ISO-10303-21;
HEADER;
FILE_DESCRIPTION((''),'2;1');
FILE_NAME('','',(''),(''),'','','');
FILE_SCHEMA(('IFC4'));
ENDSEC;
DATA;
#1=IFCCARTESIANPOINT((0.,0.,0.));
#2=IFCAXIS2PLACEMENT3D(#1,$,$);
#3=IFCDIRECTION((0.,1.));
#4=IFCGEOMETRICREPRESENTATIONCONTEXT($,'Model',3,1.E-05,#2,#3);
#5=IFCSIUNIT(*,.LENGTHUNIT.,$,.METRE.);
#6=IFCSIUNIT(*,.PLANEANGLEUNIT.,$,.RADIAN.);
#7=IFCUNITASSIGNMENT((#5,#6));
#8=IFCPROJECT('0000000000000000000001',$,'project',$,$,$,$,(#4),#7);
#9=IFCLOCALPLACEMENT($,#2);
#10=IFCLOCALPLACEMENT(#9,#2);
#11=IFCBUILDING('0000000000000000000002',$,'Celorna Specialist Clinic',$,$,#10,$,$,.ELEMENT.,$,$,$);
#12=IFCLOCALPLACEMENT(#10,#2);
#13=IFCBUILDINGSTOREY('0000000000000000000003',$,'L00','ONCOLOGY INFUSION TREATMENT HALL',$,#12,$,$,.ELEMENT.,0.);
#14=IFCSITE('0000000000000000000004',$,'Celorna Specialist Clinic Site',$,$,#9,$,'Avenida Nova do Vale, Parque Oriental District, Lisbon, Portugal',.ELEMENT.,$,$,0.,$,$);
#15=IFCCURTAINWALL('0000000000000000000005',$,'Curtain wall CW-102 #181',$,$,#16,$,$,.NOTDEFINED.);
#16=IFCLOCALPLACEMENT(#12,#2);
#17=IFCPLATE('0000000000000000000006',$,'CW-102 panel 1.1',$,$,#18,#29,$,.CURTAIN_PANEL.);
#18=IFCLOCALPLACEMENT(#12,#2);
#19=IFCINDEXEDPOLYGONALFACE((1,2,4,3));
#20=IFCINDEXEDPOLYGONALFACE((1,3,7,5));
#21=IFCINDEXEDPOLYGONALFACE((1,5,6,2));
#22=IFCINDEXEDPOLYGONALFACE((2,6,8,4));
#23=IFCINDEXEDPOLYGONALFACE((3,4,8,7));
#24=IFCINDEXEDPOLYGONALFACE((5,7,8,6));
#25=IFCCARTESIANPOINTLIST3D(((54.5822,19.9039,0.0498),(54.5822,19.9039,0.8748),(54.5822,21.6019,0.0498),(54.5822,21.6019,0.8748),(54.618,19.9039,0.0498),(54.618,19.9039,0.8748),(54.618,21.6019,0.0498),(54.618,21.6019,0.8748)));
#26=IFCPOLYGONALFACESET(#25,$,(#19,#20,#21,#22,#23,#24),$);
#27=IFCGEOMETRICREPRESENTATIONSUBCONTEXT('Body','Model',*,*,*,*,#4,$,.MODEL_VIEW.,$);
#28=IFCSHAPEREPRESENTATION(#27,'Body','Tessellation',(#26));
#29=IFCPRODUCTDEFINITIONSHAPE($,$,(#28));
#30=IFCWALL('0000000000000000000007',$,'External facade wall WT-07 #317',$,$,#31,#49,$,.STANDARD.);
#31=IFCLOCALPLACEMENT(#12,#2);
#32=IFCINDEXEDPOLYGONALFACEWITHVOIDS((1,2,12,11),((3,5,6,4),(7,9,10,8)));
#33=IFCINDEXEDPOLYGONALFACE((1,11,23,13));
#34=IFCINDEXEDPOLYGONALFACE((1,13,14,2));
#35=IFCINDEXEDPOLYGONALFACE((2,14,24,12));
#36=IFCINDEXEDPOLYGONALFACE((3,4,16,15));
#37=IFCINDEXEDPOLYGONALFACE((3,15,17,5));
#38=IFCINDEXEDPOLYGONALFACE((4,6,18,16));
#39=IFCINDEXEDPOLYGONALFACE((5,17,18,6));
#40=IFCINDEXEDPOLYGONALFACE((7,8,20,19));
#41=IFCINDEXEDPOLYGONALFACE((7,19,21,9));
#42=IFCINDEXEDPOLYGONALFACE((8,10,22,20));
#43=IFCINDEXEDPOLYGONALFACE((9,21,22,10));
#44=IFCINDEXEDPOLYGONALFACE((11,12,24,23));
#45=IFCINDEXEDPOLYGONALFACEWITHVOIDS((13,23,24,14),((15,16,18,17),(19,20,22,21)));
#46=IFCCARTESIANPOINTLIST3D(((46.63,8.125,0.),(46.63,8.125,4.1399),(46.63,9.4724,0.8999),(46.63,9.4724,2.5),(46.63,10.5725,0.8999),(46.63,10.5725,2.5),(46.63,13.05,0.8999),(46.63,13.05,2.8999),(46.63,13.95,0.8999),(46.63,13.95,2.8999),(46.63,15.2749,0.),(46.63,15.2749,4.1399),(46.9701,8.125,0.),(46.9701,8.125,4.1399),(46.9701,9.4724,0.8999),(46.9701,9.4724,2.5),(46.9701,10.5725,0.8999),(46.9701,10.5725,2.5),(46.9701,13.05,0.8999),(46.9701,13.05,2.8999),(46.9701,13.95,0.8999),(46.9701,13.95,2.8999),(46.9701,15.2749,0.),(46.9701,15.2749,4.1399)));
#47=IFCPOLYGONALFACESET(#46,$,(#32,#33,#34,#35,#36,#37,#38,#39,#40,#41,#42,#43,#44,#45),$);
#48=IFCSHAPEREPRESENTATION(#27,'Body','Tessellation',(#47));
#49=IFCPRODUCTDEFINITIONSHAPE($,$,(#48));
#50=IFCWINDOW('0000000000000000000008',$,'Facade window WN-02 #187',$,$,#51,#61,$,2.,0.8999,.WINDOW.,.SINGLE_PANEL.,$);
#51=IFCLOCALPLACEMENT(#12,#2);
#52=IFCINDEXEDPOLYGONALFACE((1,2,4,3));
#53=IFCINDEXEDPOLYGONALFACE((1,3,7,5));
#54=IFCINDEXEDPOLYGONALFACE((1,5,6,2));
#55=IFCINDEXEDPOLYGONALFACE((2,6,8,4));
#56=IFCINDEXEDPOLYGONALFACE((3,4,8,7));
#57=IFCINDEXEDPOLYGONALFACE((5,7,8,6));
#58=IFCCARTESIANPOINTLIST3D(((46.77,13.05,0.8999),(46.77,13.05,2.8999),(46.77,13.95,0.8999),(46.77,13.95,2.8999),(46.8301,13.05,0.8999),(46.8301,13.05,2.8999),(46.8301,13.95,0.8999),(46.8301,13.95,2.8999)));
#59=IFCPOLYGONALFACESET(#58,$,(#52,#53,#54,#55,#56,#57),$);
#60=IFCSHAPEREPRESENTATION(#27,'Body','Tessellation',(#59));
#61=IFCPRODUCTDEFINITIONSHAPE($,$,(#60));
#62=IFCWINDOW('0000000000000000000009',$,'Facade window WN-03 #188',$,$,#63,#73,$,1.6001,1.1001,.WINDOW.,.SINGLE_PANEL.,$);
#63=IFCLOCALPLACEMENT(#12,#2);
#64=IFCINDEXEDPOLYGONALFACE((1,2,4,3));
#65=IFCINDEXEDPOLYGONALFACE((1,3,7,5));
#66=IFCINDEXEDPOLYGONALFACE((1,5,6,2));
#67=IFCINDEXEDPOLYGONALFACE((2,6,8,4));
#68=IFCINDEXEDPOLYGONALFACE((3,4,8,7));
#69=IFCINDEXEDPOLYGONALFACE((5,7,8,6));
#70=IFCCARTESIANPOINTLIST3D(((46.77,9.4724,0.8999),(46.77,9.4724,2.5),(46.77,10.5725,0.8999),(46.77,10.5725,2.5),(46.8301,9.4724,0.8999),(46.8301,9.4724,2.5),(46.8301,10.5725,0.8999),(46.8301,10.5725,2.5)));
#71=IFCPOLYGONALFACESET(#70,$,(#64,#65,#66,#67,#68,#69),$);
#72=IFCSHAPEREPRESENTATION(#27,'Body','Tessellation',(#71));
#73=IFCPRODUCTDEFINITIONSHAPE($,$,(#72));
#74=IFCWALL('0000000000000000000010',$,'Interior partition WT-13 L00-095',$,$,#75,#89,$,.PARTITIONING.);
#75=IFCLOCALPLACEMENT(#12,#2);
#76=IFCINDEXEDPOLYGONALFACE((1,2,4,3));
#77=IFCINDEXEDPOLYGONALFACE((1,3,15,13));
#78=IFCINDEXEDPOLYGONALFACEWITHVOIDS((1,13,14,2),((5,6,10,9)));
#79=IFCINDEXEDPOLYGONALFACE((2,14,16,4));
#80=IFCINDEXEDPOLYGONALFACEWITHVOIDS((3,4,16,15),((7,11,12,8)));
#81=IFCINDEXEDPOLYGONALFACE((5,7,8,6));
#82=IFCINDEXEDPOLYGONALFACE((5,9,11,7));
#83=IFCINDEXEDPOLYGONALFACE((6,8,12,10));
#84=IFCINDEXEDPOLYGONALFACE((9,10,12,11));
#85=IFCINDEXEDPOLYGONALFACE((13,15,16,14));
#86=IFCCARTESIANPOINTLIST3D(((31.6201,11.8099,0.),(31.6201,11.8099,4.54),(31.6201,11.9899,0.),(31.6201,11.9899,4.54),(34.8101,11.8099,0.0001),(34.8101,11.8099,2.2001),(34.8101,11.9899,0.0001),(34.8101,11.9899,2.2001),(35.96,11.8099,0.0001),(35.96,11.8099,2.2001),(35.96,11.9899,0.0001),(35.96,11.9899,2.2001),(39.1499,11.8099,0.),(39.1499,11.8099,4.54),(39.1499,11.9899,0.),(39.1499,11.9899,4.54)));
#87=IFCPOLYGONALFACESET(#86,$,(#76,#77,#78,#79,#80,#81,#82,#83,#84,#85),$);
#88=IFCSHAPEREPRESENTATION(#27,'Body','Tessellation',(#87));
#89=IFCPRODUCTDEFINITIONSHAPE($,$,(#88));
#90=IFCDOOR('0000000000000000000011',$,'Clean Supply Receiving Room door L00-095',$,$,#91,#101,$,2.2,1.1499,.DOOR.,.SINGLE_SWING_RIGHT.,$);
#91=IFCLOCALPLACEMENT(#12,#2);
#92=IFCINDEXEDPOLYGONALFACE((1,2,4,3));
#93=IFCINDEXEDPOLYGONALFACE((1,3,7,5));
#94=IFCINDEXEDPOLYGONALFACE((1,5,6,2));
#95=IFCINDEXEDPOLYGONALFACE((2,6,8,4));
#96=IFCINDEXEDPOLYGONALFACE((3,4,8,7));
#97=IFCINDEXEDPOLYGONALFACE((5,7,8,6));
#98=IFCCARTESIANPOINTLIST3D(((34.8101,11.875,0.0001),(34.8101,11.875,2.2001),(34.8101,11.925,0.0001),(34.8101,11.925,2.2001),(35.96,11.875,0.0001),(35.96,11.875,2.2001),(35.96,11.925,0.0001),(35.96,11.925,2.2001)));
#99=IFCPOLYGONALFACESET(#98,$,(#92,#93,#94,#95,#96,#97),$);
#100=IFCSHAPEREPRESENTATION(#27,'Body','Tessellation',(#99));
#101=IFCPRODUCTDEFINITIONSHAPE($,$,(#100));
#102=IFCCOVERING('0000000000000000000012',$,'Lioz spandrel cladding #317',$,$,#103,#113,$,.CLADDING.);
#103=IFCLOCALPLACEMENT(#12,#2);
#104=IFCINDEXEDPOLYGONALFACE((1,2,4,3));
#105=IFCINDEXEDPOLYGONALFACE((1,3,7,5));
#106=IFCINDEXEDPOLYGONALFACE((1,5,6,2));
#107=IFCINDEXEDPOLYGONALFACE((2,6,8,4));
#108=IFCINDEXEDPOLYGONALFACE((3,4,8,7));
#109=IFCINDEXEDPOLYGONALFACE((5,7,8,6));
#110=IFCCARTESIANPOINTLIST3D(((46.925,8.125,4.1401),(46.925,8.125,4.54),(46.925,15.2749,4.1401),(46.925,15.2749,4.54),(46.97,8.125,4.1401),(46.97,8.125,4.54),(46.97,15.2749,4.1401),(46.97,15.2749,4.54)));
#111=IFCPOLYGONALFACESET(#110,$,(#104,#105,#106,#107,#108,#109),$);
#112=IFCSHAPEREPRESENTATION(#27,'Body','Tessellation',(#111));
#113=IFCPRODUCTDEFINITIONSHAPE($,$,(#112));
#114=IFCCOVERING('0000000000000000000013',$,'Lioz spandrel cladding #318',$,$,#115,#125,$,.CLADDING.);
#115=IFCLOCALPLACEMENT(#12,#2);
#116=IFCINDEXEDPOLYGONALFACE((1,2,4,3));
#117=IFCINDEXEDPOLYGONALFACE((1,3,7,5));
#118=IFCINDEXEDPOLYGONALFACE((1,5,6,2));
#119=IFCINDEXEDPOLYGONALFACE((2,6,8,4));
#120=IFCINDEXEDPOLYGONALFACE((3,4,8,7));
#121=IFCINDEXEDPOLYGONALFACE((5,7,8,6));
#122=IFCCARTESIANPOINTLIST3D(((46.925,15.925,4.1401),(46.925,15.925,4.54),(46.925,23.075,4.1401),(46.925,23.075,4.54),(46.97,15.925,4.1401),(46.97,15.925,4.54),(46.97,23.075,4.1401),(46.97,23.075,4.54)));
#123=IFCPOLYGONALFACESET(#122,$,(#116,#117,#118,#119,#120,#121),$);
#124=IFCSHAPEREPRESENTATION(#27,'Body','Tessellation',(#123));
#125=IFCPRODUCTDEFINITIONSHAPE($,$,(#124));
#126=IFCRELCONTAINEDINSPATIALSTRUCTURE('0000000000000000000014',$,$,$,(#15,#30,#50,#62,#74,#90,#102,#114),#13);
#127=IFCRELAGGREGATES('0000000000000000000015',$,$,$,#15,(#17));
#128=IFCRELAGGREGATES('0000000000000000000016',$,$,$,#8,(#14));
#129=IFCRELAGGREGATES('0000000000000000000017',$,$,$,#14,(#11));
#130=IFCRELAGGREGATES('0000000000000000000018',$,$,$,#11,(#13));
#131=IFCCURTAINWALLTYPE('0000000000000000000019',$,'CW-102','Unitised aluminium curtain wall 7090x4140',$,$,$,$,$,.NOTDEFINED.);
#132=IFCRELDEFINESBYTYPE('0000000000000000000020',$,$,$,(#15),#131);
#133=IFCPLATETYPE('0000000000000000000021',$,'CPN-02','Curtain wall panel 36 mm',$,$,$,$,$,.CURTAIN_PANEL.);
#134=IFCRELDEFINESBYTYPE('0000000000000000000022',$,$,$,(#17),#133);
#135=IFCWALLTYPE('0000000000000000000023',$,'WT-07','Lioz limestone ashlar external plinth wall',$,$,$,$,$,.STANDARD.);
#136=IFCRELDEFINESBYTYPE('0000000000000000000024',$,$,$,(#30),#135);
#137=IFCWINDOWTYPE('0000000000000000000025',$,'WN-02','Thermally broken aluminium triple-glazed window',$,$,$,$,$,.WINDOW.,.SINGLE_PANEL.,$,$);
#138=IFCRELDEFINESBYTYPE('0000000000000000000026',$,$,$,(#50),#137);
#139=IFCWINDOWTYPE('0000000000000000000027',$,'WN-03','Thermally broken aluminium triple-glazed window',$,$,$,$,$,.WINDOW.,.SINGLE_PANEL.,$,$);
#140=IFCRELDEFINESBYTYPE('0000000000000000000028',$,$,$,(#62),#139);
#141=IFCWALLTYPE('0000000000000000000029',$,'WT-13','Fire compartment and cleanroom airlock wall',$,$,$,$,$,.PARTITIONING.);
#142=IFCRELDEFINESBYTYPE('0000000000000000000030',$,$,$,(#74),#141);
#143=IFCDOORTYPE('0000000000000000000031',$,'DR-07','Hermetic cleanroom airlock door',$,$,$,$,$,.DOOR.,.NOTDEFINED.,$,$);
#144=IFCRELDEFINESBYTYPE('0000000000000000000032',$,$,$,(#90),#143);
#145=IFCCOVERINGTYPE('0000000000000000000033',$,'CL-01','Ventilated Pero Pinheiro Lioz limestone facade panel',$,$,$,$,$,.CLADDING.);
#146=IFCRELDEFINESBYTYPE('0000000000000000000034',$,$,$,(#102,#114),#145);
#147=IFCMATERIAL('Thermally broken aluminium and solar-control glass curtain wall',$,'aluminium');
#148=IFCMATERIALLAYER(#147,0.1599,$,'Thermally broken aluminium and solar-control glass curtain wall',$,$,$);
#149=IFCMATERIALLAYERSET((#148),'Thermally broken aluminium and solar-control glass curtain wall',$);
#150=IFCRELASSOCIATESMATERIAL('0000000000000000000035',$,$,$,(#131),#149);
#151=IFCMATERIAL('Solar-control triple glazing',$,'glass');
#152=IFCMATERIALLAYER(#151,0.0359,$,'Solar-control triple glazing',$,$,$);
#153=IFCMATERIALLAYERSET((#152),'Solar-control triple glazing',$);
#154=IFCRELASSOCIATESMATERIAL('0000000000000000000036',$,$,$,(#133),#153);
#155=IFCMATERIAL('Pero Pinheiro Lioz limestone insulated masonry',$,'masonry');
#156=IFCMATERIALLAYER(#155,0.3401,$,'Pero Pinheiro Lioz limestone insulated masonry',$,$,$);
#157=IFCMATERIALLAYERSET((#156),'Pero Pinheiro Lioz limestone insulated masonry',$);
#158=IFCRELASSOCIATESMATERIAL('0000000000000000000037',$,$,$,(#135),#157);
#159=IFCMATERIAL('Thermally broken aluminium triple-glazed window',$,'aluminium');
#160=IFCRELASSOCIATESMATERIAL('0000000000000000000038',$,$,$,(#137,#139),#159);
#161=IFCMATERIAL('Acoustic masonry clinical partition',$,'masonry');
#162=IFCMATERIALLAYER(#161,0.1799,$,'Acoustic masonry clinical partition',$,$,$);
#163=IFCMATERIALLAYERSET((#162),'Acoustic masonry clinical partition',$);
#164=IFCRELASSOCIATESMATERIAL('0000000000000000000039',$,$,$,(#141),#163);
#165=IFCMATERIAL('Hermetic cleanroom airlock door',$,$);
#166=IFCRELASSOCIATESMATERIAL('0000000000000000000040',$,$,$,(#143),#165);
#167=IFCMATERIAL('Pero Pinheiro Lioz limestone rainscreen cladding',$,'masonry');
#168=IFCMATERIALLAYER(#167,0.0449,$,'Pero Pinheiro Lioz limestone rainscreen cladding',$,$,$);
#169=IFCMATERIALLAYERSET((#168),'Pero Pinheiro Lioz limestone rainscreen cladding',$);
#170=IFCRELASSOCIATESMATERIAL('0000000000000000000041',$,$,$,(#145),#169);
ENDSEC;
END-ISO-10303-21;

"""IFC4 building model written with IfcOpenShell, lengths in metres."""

from ifc_helpers import new_model, si_unit, direction, frame, frame_2d, origin, origin_2d, place, context, subcontext, project, spatial, rectangle, extrude, material, layer, layer_set, type_object, element, fill, aggregate, save


model = new_model("IFC4")

# Units and contexts
model_context = context("Model", 3, precision=1e-05, world=origin(), true_north=direction((0.0, 1.0)))
body_context = subcontext(model_context, "Body", "Model", "MODEL_VIEW")
ifc_project = project(units=[si_unit("LENGTHUNIT", "METRE"), si_unit("PLANEANGLEUNIT", "RADIAN")], contexts=[model_context])

# Site, building, storey
site_placement = place(None, origin())
site = spatial("IfcSite", under=ifc_project, at=site_placement, Name="Celorna Specialist Clinic Site", LongName="Avenida Nova do Vale, Parque Oriental District, Lisbon, Portugal", CompositionType="ELEMENT", RefElevation=0.0)
building_placement = place(site_placement, origin())
building = spatial("IfcBuilding", under=site, at=building_placement, Name="Celorna Specialist Clinic", CompositionType="ELEMENT")
storey_placement = place(building_placement, origin())
storey = spatial("IfcBuildingStorey", under=building, at=storey_placement, Name="L00", Description="ONCOLOGY INFUSION TREATMENT HALL", CompositionType="ELEMENT", Elevation=0.0)

# Curtain wall, plate
ifc_material_1 = material(Name="Thermally broken aluminium and solar-control glass curtain wall", Category="aluminium")
ifc_layer_1 = layer(ifc_material_1, 0.1599, Name="Thermally broken aluminium and solar-control glass curtain wall")
ifc_layer_set_1 = layer_set([ifc_layer_1], Name="Thermally broken aluminium and solar-control glass curtain wall")
curtain_wall_type = type_object("IfcCurtainWallType", Name="CW-102", Description="Unitised aluminium curtain wall 7090x4140", PredefinedType="NOTDEFINED", material=ifc_layer_set_1)
curtain_wall_placement = place(storey_placement, origin())
curtain_wall = element("IfcCurtainWall", 1, at=curtain_wall_placement, inside=storey, type_object=curtain_wall_type, Name="Curtain wall CW-102 #181", PredefinedType="NOTDEFINED")
ifc_material_2 = material(Name="Solar-control triple glazing", Category="glass")
ifc_layer_2 = layer(ifc_material_2, 0.0359, Name="Solar-control triple glazing")
ifc_layer_set_2 = layer_set([ifc_layer_2], Name="Solar-control triple glazing")
plate_type = type_object("IfcPlateType", Name="CPN-02", Description="Curtain wall panel 36 mm", PredefinedType="CURTAIN_PANEL", material=ifc_layer_set_2)
plate_placement = place(storey_placement, frame((54.6001, 20.7529, 0.0498), z_axis=(0.0, 0.0, 1.0), x_axis=(0.0, 1.0, 0.0)))
plate = element("IfcPlate", 2, at=plate_placement, type_object=plate_type, Name="CW-102 panel 1.1", PredefinedType="CURTAIN_PANEL", context=body_context, shape_type="SweptSolid", body=[
    extrude(rectangle(XDim=1.698, YDim=0.0359, at=origin_2d()), origin(), (0.0, 0.0, 1.0), 0.825),
])
aggregate(curtain_wall, [plate])

# Wall, openings, windows
ifc_material_3 = material(Name="Pero Pinheiro Lioz limestone insulated masonry", Category="masonry")
ifc_layer_3 = layer(ifc_material_3, 0.3401, Name="Pero Pinheiro Lioz limestone insulated masonry")
ifc_layer_set_3 = layer_set([ifc_layer_3], Name="Pero Pinheiro Lioz limestone insulated masonry")
wall_type_1 = type_object("IfcWallType", Name="WT-07", Description="Lioz limestone ashlar external plinth wall", PredefinedType="STANDARD", material=ifc_layer_set_3)
wall_1_placement = place(storey_placement, frame((46.8, 15.2749, 0.0), z_axis=(0.0, 0.0, 1.0), x_axis=(0.0, -1.0, 0.0)))
wall_1 = element("IfcWall", 3, at=wall_1_placement, inside=storey, type_object=wall_type_1, Name="External facade wall WT-07 #317", PredefinedType="STANDARD", context=body_context, shape_type="SweptSolid", body=[
    extrude(rectangle(XDim=7.1499, YDim=0.3401, at=frame_2d((3.575, 0.0))), origin(), (0.0, 0.0, 1.0), 4.1399),
])
opening_1_placement = place(wall_1_placement, frame((1.325, 0.0, 0.8999)))
opening_1 = element("IfcOpeningElement", 4, at=opening_1_placement, cuts=wall_1, PredefinedType="OPENING", context=body_context, shape_type="SweptSolid", body=[
    extrude(rectangle(XDim=0.8999, YDim=2.0, at=frame_2d((0.45, 1.0))), frame((0.0, 0.1799, 0.0), z_axis=(0.0, -1.0, 0.0), x_axis=(1.0, 0.0, 0.0)), (0.0, 0.0, 1.0), 0.3601),
])
opening_2_placement = place(wall_1_placement, frame((4.7024, 0.0, 0.8999)))
opening_2 = element("IfcOpeningElement", 5, at=opening_2_placement, cuts=wall_1, PredefinedType="OPENING", context=body_context, shape_type="SweptSolid", body=[
    extrude(rectangle(XDim=1.1001, YDim=1.6001, at=frame_2d((0.55, 0.8))), frame((0.0, 0.1799, 0.0), z_axis=(0.0, -1.0, 0.0), x_axis=(1.0, 0.0, 0.0)), (0.0, 0.0, 1.0), 0.3601),
])
ifc_material_4 = material(Name="Thermally broken aluminium triple-glazed window", Category="aluminium")
window_type_1 = type_object("IfcWindowType", Name="WN-02", Description="Thermally broken aluminium triple-glazed window", PartitioningType="SINGLE_PANEL", PredefinedType="WINDOW", material=ifc_material_4)
window_1_placement = place(opening_1_placement, origin())
window_1 = element("IfcWindow", 6, at=window_1_placement, inside=storey, type_object=window_type_1, Name="Facade window WN-02 #187", OverallHeight=2.0, OverallWidth=0.8999, PartitioningType="SINGLE_PANEL", PredefinedType="WINDOW", context=body_context, shape_type="SweptSolid", body=[
    extrude(rectangle(XDim=0.8999, YDim=2.0, at=frame_2d((0.45, 1.0))), frame((0.0, 0.03, 0.0), z_axis=(0.0, -1.0, 0.0), x_axis=(1.0, 0.0, 0.0)), (0.0, 0.0, 1.0), 0.0601),
])
fill(opening_1, window_1)
window_type_2 = type_object("IfcWindowType", Name="WN-03", Description="Thermally broken aluminium triple-glazed window", PartitioningType="SINGLE_PANEL", PredefinedType="WINDOW", material=ifc_material_4)
window_2_placement = place(opening_2_placement, origin())
window_2 = element("IfcWindow", 7, at=window_2_placement, inside=storey, type_object=window_type_2, Name="Facade window WN-03 #188", OverallHeight=1.6001, OverallWidth=1.1001, PartitioningType="SINGLE_PANEL", PredefinedType="WINDOW", context=body_context, shape_type="SweptSolid", body=[
    extrude(rectangle(XDim=1.1001, YDim=1.6001, at=frame_2d((0.55, 0.8))), frame((0.0, 0.03, 0.0), z_axis=(0.0, -1.0, 0.0), x_axis=(1.0, 0.0, 0.0)), (0.0, 0.0, 1.0), 0.0601),
])
fill(opening_2, window_2)

# Wall, opening, door
ifc_material_5 = material(Name="Acoustic masonry clinical partition", Category="masonry")
ifc_layer_4 = layer(ifc_material_5, 0.1799, Name="Acoustic masonry clinical partition")
ifc_layer_set_4 = layer_set([ifc_layer_4], Name="Acoustic masonry clinical partition")
wall_type_2 = type_object("IfcWallType", Name="WT-13", Description="Fire compartment and cleanroom airlock wall", PredefinedType="PARTITIONING", material=ifc_layer_set_4)
wall_2_placement = place(storey_placement, frame((39.1499, 11.8999, 0.0), z_axis=(0.0, 0.0, 1.0), x_axis=(-1.0, 0.0, 0.0)))
wall_2 = element("IfcWall", 8, at=wall_2_placement, inside=storey, type_object=wall_type_2, Name="Interior partition WT-13 L00-095", PredefinedType="PARTITIONING", context=body_context, shape_type="SweptSolid", body=[
    extrude(rectangle(XDim=7.5298, YDim=0.1799, at=frame_2d((3.7649, 0.0))), origin(), (0.0, 0.0, 1.0), 4.54),
])
opening_3_placement = place(wall_2_placement, frame((3.1899, 0.0, 0.0)))
opening_3 = element("IfcOpeningElement", 9, at=opening_3_placement, cuts=wall_2, PredefinedType="OPENING", context=body_context, shape_type="SweptSolid", body=[
    extrude(rectangle(XDim=1.1499, YDim=2.2, at=frame_2d((0.575, 1.1001))), frame((0.0, 0.0999, 0.0), z_axis=(0.0, -1.0, 0.0), x_axis=(1.0, 0.0, 0.0)), (0.0, 0.0, 1.0), 0.2),
])
ifc_material_6 = material(Name="Hermetic cleanroom airlock door")
door_type = type_object("IfcDoorType", Name="DR-07", Description="Hermetic cleanroom airlock door", OperationType="NOTDEFINED", PredefinedType="DOOR", material=ifc_material_6)
door_placement = place(opening_3_placement, origin())
door = element("IfcDoor", 10, at=door_placement, inside=storey, type_object=door_type, Name="Clean Supply Receiving Room door L00-095", OperationType="SINGLE_SWING_RIGHT", OverallHeight=2.2, OverallWidth=1.1499, PredefinedType="DOOR", context=body_context, shape_type="SweptSolid", body=[
    extrude(rectangle(XDim=1.1499, YDim=2.2, at=frame_2d((0.575, 1.1001))), frame((0.0, 0.0249, 0.0), z_axis=(0.0, -1.0, 0.0), x_axis=(1.0, 0.0, 0.0)), (0.0, 0.0, 1.0), 0.05),
])
fill(opening_3, door)

# Coverings
ifc_material_7 = material(Name="Pero Pinheiro Lioz limestone rainscreen cladding", Category="masonry")
ifc_layer_5 = layer(ifc_material_7, 0.0449, Name="Pero Pinheiro Lioz limestone rainscreen cladding")
ifc_layer_set_5 = layer_set([ifc_layer_5], Name="Pero Pinheiro Lioz limestone rainscreen cladding")
covering_type = type_object("IfcCoveringType", Name="CL-01", Description="Ventilated Pero Pinheiro Lioz limestone facade panel", PredefinedType="CLADDING", material=ifc_layer_set_5)
for number, where, z_axis, x_axis, name in (
    (11, (46.9475, 11.7, 4.1401), (0.0, 0.0, 1.0), (0.0, -1.0, 0.0), "Lioz spandrel cladding #317"),
    (12, (46.9475, 19.5, 4.1401), (0.0, 0.0, 1.0), (0.0, -1.0, 0.0), "Lioz spandrel cladding #318"),
):
    element("IfcCovering", number, at=place(storey_placement, frame(where, z_axis=z_axis, x_axis=x_axis)), inside=storey, type_object=covering_type, Name=name, PredefinedType="CLADDING", context=body_context, shape_type="SweptSolid", body=[
        extrude(rectangle(XDim=7.1499, YDim=0.0449, at=origin_2d()), origin(), (0.0, 0.0, 1.0), 0.3999),
    ])

save(model, "model.ifc")
